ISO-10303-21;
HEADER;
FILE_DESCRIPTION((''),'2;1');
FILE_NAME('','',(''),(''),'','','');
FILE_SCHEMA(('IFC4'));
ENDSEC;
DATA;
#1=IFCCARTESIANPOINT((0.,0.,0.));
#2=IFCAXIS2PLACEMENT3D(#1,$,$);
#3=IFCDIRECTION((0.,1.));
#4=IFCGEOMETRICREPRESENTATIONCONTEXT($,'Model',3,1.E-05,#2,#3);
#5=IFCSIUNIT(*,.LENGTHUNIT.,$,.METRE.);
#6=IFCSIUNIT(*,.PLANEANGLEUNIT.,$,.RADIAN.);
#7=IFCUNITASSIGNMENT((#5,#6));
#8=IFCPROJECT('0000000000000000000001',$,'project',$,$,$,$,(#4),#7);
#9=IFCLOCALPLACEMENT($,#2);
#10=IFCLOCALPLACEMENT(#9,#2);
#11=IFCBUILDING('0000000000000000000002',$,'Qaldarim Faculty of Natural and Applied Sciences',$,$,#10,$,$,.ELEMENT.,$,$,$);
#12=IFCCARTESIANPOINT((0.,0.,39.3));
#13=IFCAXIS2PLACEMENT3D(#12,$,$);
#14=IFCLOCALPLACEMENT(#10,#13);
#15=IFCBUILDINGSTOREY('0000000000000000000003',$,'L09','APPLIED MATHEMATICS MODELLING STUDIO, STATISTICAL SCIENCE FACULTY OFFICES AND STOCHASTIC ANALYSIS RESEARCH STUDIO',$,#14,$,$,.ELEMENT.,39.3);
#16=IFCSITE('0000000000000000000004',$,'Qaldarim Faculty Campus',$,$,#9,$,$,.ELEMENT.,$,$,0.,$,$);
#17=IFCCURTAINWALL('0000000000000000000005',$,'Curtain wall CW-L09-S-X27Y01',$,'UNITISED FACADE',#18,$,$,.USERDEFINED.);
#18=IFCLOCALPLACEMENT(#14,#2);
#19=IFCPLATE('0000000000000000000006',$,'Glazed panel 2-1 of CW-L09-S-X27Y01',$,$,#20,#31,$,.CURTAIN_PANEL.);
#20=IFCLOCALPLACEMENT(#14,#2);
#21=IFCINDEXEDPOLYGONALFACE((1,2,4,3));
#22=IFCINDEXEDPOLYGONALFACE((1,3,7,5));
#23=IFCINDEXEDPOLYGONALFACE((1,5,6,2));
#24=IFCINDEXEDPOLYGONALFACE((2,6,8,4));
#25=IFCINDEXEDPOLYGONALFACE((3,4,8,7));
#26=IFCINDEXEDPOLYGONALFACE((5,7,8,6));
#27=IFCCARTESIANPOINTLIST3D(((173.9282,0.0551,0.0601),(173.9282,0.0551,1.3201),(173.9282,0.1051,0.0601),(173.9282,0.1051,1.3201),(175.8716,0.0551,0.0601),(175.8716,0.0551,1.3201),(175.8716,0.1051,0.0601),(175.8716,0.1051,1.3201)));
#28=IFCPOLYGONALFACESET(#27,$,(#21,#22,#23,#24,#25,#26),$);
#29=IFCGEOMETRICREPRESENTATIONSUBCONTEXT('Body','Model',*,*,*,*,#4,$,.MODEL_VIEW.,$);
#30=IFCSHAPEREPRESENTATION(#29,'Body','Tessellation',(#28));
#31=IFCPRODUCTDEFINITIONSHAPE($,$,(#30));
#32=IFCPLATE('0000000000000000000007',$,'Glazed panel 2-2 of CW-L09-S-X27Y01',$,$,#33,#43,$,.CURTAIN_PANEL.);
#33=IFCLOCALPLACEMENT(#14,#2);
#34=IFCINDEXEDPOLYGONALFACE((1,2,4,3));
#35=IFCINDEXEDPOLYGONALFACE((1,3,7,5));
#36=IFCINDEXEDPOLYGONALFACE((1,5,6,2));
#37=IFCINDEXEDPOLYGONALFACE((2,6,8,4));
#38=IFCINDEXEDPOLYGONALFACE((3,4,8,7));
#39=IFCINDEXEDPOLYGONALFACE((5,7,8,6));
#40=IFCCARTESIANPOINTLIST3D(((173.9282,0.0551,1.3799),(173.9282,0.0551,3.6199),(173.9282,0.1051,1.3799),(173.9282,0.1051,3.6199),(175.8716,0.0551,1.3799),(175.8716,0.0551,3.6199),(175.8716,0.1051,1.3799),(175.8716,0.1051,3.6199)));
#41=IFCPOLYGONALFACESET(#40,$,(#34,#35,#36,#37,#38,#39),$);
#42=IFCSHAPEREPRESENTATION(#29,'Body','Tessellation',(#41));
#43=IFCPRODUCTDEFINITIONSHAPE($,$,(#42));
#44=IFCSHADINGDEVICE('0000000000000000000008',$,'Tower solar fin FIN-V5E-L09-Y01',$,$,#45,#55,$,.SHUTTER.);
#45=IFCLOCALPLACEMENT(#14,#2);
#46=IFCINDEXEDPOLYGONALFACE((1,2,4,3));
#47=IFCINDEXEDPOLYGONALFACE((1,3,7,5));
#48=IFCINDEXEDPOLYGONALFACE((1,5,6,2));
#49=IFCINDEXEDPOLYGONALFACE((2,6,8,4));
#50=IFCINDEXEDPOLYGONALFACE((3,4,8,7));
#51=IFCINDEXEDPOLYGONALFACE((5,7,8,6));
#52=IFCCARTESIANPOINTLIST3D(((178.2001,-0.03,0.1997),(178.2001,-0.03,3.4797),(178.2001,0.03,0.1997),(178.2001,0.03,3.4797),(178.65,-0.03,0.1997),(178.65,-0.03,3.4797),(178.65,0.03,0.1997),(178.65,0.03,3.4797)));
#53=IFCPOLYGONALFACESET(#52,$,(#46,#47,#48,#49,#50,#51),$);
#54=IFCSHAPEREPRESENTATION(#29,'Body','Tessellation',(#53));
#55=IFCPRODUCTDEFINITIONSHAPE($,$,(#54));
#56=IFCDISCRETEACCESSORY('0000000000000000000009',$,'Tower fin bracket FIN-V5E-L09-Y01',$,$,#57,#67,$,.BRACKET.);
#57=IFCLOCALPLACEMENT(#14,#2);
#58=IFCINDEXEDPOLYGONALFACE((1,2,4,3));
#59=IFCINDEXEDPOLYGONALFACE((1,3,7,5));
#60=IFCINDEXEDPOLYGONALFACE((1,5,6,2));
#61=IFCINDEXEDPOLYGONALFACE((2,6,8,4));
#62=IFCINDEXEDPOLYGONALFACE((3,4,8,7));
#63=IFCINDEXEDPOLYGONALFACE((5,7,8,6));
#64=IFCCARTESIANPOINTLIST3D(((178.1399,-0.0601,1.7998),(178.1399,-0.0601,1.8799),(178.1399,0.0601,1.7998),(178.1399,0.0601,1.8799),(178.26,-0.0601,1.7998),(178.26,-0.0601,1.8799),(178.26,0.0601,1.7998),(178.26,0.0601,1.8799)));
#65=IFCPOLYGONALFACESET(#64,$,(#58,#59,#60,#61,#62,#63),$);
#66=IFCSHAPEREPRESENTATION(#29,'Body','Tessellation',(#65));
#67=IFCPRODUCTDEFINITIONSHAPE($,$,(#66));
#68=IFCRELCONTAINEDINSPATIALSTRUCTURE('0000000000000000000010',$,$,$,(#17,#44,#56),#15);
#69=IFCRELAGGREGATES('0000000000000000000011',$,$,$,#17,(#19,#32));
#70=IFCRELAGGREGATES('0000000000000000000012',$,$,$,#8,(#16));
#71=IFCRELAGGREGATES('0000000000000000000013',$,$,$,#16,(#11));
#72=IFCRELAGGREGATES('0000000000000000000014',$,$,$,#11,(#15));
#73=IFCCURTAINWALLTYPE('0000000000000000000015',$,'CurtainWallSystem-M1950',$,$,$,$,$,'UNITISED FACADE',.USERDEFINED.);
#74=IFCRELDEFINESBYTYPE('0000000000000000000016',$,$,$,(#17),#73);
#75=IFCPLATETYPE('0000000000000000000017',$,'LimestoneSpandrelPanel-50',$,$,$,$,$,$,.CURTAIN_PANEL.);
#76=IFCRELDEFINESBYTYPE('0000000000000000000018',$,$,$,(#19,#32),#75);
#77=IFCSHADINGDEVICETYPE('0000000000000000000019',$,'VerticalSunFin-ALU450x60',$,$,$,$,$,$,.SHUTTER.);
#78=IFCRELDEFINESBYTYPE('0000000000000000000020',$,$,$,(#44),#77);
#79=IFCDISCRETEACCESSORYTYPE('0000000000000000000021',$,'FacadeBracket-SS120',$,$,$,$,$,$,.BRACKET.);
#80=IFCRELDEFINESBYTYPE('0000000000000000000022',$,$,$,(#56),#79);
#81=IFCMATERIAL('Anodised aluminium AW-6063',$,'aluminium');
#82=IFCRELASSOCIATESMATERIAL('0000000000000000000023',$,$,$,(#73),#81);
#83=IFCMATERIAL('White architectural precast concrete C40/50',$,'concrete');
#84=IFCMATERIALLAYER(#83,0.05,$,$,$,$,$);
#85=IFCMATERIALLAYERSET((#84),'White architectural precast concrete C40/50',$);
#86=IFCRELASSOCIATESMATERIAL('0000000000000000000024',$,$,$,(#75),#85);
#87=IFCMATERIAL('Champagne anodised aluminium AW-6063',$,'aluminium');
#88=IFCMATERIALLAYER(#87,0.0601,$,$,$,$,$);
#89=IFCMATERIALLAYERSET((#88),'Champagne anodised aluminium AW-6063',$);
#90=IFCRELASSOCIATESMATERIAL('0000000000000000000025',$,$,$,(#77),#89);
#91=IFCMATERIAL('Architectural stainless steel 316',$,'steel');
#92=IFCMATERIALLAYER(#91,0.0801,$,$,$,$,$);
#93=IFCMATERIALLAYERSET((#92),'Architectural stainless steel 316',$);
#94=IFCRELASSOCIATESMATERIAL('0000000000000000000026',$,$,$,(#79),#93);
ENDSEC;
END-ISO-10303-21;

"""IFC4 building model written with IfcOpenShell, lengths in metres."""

from ifc_helpers import new_model, si_unit, direction, frame, origin, origin_2d, place, context, subcontext, project, spatial, rectangle, extrude, material, layer, layer_set, type_object, element, aggregate, save


model = new_model("IFC4")

# Units and contexts
model_context = context("Model", 3, precision=1e-05, world=origin(), true_north=direction((0.0, 1.0)))
body_context = subcontext(model_context, "Body", "Model", "MODEL_VIEW")
ifc_project = project(units=[si_unit("LENGTHUNIT", "METRE"), si_unit("PLANEANGLEUNIT", "RADIAN")], contexts=[model_context])

# Site, building, storey
site_placement = place(None, origin())
site = spatial("IfcSite", under=ifc_project, at=site_placement, Name="Qaldarim Faculty Campus", CompositionType="ELEMENT", RefElevation=0.0)
building_placement = place(site_placement, origin())
building = spatial("IfcBuilding", under=site, at=building_placement, Name="Qaldarim Faculty of Natural and Applied Sciences", CompositionType="ELEMENT")
storey_placement = place(building_placement, frame((0.0, 0.0, 39.3)))
storey = spatial("IfcBuildingStorey", under=building, at=storey_placement, Name="L09", Description="APPLIED MATHEMATICS MODELLING STUDIO, STATISTICAL SCIENCE FACULTY OFFICES AND STOCHASTIC ANALYSIS RESEARCH STUDIO", CompositionType="ELEMENT", Elevation=39.3)

# Curtain wall
ifc_material_1 = material(Name="Anodised aluminium AW-6063", Category="aluminium")
curtain_wall_type = type_object("IfcCurtainWallType", Name="CurtainWallSystem-M1950", ElementType="UNITISED FACADE", PredefinedType="USERDEFINED", material=ifc_material_1)
curtain_wall_placement = place(storey_placement, origin())
curtain_wall = element("IfcCurtainWall", 1, at=curtain_wall_placement, inside=storey, type_object=curtain_wall_type, Name="Curtain wall CW-L09-S-X27Y01", ObjectType="UNITISED FACADE", PredefinedType="USERDEFINED")

# Plates
ifc_material_2 = material(Name="White architectural precast concrete C40/50", Category="concrete")
ifc_layer_1 = layer(ifc_material_2, 0.05)
ifc_layer_set_1 = layer_set([ifc_layer_1], Name="White architectural precast concrete C40/50")
plate_type = type_object("IfcPlateType", Name="LimestoneSpandrelPanel-50", PredefinedType="CURTAIN_PANEL", material=ifc_layer_set_1)
plate_1_placement = place(storey_placement, frame((174.8999, 0.0801, 0.0601), z_axis=(0.0, 0.0, 1.0), x_axis=(1.0, 0.0, 0.0)))
plate_1 = element("IfcPlate", 2, at=plate_1_placement, type_object=plate_type, Name="Glazed panel 2-1 of CW-L09-S-X27Y01", PredefinedType="CURTAIN_PANEL", context=body_context, shape_type="SweptSolid", body=[
    extrude(rectangle(XDim=1.9434, YDim=0.05, at=origin_2d()), origin(), (0.0, 0.0, 1.0), 1.26),
])
plate_2_placement = place(storey_placement, frame((174.8999, 0.0801, 1.3799), z_axis=(0.0, 0.0, 1.0), x_axis=(1.0, 0.0, 0.0)))
plate_2 = element("IfcPlate", 3, at=plate_2_placement, type_object=plate_type, Name="Glazed panel 2-2 of CW-L09-S-X27Y01", PredefinedType="CURTAIN_PANEL", context=body_context, shape_type="SweptSolid", body=[
    extrude(rectangle(XDim=1.9434, YDim=0.05, at=origin_2d()), origin(), (0.0, 0.0, 1.0), 2.24),
])
aggregate(curtain_wall, [plate_1, plate_2])

# Shading device
ifc_material_3 = material(Name="Champagne anodised aluminium AW-6063", Category="aluminium")
ifc_layer_2 = layer(ifc_material_3, 0.0601)
ifc_layer_set_2 = layer_set([ifc_layer_2], Name="Champagne anodised aluminium AW-6063")
shading_device_type = type_object("IfcShadingDeviceType", Name="VerticalSunFin-ALU450x60", PredefinedType="SHUTTER", material=ifc_layer_set_2)
shading_device_placement = place(storey_placement, frame((178.425, 0.0, 0.1997), z_axis=(0.0, 0.0, 1.0), x_axis=(1.0, 0.0, 0.0)))
element("IfcShadingDevice", 4, at=shading_device_placement, inside=storey, type_object=shading_device_type, Name="Tower solar fin FIN-V5E-L09-Y01", PredefinedType="SHUTTER", context=body_context, shape_type="SweptSolid", body=[
    extrude(rectangle(XDim=0.45, YDim=0.0601, at=origin_2d()), origin(), (0.0, 0.0, 1.0), 3.28),
])

# Discrete accessory
ifc_material_4 = material(Name="Architectural stainless steel 316", Category="steel")
ifc_layer_3 = layer(ifc_material_4, 0.0801)
ifc_layer_set_3 = layer_set([ifc_layer_3], Name="Architectural stainless steel 316")
discrete_accessory_type = type_object("IfcDiscreteAccessoryType", Name="FacadeBracket-SS120", PredefinedType="BRACKET", material=ifc_layer_set_3)
discrete_accessory_placement = place(storey_placement, frame((178.2, 0.0, 1.7998), z_axis=(0.0, 0.0, 1.0), x_axis=(1.0, 0.0, 0.0)))
element("IfcDiscreteAccessory", 5, at=discrete_accessory_placement, inside=storey, type_object=discrete_accessory_type, Name="Tower fin bracket FIN-V5E-L09-Y01", PredefinedType="BRACKET", context=body_context, shape_type="SweptSolid", body=[
    extrude(rectangle(XDim=0.1201, YDim=0.1201, at=origin_2d()), origin(), (0.0, 0.0, 1.0), 0.0801),
])

save(model, "model.ifc")
